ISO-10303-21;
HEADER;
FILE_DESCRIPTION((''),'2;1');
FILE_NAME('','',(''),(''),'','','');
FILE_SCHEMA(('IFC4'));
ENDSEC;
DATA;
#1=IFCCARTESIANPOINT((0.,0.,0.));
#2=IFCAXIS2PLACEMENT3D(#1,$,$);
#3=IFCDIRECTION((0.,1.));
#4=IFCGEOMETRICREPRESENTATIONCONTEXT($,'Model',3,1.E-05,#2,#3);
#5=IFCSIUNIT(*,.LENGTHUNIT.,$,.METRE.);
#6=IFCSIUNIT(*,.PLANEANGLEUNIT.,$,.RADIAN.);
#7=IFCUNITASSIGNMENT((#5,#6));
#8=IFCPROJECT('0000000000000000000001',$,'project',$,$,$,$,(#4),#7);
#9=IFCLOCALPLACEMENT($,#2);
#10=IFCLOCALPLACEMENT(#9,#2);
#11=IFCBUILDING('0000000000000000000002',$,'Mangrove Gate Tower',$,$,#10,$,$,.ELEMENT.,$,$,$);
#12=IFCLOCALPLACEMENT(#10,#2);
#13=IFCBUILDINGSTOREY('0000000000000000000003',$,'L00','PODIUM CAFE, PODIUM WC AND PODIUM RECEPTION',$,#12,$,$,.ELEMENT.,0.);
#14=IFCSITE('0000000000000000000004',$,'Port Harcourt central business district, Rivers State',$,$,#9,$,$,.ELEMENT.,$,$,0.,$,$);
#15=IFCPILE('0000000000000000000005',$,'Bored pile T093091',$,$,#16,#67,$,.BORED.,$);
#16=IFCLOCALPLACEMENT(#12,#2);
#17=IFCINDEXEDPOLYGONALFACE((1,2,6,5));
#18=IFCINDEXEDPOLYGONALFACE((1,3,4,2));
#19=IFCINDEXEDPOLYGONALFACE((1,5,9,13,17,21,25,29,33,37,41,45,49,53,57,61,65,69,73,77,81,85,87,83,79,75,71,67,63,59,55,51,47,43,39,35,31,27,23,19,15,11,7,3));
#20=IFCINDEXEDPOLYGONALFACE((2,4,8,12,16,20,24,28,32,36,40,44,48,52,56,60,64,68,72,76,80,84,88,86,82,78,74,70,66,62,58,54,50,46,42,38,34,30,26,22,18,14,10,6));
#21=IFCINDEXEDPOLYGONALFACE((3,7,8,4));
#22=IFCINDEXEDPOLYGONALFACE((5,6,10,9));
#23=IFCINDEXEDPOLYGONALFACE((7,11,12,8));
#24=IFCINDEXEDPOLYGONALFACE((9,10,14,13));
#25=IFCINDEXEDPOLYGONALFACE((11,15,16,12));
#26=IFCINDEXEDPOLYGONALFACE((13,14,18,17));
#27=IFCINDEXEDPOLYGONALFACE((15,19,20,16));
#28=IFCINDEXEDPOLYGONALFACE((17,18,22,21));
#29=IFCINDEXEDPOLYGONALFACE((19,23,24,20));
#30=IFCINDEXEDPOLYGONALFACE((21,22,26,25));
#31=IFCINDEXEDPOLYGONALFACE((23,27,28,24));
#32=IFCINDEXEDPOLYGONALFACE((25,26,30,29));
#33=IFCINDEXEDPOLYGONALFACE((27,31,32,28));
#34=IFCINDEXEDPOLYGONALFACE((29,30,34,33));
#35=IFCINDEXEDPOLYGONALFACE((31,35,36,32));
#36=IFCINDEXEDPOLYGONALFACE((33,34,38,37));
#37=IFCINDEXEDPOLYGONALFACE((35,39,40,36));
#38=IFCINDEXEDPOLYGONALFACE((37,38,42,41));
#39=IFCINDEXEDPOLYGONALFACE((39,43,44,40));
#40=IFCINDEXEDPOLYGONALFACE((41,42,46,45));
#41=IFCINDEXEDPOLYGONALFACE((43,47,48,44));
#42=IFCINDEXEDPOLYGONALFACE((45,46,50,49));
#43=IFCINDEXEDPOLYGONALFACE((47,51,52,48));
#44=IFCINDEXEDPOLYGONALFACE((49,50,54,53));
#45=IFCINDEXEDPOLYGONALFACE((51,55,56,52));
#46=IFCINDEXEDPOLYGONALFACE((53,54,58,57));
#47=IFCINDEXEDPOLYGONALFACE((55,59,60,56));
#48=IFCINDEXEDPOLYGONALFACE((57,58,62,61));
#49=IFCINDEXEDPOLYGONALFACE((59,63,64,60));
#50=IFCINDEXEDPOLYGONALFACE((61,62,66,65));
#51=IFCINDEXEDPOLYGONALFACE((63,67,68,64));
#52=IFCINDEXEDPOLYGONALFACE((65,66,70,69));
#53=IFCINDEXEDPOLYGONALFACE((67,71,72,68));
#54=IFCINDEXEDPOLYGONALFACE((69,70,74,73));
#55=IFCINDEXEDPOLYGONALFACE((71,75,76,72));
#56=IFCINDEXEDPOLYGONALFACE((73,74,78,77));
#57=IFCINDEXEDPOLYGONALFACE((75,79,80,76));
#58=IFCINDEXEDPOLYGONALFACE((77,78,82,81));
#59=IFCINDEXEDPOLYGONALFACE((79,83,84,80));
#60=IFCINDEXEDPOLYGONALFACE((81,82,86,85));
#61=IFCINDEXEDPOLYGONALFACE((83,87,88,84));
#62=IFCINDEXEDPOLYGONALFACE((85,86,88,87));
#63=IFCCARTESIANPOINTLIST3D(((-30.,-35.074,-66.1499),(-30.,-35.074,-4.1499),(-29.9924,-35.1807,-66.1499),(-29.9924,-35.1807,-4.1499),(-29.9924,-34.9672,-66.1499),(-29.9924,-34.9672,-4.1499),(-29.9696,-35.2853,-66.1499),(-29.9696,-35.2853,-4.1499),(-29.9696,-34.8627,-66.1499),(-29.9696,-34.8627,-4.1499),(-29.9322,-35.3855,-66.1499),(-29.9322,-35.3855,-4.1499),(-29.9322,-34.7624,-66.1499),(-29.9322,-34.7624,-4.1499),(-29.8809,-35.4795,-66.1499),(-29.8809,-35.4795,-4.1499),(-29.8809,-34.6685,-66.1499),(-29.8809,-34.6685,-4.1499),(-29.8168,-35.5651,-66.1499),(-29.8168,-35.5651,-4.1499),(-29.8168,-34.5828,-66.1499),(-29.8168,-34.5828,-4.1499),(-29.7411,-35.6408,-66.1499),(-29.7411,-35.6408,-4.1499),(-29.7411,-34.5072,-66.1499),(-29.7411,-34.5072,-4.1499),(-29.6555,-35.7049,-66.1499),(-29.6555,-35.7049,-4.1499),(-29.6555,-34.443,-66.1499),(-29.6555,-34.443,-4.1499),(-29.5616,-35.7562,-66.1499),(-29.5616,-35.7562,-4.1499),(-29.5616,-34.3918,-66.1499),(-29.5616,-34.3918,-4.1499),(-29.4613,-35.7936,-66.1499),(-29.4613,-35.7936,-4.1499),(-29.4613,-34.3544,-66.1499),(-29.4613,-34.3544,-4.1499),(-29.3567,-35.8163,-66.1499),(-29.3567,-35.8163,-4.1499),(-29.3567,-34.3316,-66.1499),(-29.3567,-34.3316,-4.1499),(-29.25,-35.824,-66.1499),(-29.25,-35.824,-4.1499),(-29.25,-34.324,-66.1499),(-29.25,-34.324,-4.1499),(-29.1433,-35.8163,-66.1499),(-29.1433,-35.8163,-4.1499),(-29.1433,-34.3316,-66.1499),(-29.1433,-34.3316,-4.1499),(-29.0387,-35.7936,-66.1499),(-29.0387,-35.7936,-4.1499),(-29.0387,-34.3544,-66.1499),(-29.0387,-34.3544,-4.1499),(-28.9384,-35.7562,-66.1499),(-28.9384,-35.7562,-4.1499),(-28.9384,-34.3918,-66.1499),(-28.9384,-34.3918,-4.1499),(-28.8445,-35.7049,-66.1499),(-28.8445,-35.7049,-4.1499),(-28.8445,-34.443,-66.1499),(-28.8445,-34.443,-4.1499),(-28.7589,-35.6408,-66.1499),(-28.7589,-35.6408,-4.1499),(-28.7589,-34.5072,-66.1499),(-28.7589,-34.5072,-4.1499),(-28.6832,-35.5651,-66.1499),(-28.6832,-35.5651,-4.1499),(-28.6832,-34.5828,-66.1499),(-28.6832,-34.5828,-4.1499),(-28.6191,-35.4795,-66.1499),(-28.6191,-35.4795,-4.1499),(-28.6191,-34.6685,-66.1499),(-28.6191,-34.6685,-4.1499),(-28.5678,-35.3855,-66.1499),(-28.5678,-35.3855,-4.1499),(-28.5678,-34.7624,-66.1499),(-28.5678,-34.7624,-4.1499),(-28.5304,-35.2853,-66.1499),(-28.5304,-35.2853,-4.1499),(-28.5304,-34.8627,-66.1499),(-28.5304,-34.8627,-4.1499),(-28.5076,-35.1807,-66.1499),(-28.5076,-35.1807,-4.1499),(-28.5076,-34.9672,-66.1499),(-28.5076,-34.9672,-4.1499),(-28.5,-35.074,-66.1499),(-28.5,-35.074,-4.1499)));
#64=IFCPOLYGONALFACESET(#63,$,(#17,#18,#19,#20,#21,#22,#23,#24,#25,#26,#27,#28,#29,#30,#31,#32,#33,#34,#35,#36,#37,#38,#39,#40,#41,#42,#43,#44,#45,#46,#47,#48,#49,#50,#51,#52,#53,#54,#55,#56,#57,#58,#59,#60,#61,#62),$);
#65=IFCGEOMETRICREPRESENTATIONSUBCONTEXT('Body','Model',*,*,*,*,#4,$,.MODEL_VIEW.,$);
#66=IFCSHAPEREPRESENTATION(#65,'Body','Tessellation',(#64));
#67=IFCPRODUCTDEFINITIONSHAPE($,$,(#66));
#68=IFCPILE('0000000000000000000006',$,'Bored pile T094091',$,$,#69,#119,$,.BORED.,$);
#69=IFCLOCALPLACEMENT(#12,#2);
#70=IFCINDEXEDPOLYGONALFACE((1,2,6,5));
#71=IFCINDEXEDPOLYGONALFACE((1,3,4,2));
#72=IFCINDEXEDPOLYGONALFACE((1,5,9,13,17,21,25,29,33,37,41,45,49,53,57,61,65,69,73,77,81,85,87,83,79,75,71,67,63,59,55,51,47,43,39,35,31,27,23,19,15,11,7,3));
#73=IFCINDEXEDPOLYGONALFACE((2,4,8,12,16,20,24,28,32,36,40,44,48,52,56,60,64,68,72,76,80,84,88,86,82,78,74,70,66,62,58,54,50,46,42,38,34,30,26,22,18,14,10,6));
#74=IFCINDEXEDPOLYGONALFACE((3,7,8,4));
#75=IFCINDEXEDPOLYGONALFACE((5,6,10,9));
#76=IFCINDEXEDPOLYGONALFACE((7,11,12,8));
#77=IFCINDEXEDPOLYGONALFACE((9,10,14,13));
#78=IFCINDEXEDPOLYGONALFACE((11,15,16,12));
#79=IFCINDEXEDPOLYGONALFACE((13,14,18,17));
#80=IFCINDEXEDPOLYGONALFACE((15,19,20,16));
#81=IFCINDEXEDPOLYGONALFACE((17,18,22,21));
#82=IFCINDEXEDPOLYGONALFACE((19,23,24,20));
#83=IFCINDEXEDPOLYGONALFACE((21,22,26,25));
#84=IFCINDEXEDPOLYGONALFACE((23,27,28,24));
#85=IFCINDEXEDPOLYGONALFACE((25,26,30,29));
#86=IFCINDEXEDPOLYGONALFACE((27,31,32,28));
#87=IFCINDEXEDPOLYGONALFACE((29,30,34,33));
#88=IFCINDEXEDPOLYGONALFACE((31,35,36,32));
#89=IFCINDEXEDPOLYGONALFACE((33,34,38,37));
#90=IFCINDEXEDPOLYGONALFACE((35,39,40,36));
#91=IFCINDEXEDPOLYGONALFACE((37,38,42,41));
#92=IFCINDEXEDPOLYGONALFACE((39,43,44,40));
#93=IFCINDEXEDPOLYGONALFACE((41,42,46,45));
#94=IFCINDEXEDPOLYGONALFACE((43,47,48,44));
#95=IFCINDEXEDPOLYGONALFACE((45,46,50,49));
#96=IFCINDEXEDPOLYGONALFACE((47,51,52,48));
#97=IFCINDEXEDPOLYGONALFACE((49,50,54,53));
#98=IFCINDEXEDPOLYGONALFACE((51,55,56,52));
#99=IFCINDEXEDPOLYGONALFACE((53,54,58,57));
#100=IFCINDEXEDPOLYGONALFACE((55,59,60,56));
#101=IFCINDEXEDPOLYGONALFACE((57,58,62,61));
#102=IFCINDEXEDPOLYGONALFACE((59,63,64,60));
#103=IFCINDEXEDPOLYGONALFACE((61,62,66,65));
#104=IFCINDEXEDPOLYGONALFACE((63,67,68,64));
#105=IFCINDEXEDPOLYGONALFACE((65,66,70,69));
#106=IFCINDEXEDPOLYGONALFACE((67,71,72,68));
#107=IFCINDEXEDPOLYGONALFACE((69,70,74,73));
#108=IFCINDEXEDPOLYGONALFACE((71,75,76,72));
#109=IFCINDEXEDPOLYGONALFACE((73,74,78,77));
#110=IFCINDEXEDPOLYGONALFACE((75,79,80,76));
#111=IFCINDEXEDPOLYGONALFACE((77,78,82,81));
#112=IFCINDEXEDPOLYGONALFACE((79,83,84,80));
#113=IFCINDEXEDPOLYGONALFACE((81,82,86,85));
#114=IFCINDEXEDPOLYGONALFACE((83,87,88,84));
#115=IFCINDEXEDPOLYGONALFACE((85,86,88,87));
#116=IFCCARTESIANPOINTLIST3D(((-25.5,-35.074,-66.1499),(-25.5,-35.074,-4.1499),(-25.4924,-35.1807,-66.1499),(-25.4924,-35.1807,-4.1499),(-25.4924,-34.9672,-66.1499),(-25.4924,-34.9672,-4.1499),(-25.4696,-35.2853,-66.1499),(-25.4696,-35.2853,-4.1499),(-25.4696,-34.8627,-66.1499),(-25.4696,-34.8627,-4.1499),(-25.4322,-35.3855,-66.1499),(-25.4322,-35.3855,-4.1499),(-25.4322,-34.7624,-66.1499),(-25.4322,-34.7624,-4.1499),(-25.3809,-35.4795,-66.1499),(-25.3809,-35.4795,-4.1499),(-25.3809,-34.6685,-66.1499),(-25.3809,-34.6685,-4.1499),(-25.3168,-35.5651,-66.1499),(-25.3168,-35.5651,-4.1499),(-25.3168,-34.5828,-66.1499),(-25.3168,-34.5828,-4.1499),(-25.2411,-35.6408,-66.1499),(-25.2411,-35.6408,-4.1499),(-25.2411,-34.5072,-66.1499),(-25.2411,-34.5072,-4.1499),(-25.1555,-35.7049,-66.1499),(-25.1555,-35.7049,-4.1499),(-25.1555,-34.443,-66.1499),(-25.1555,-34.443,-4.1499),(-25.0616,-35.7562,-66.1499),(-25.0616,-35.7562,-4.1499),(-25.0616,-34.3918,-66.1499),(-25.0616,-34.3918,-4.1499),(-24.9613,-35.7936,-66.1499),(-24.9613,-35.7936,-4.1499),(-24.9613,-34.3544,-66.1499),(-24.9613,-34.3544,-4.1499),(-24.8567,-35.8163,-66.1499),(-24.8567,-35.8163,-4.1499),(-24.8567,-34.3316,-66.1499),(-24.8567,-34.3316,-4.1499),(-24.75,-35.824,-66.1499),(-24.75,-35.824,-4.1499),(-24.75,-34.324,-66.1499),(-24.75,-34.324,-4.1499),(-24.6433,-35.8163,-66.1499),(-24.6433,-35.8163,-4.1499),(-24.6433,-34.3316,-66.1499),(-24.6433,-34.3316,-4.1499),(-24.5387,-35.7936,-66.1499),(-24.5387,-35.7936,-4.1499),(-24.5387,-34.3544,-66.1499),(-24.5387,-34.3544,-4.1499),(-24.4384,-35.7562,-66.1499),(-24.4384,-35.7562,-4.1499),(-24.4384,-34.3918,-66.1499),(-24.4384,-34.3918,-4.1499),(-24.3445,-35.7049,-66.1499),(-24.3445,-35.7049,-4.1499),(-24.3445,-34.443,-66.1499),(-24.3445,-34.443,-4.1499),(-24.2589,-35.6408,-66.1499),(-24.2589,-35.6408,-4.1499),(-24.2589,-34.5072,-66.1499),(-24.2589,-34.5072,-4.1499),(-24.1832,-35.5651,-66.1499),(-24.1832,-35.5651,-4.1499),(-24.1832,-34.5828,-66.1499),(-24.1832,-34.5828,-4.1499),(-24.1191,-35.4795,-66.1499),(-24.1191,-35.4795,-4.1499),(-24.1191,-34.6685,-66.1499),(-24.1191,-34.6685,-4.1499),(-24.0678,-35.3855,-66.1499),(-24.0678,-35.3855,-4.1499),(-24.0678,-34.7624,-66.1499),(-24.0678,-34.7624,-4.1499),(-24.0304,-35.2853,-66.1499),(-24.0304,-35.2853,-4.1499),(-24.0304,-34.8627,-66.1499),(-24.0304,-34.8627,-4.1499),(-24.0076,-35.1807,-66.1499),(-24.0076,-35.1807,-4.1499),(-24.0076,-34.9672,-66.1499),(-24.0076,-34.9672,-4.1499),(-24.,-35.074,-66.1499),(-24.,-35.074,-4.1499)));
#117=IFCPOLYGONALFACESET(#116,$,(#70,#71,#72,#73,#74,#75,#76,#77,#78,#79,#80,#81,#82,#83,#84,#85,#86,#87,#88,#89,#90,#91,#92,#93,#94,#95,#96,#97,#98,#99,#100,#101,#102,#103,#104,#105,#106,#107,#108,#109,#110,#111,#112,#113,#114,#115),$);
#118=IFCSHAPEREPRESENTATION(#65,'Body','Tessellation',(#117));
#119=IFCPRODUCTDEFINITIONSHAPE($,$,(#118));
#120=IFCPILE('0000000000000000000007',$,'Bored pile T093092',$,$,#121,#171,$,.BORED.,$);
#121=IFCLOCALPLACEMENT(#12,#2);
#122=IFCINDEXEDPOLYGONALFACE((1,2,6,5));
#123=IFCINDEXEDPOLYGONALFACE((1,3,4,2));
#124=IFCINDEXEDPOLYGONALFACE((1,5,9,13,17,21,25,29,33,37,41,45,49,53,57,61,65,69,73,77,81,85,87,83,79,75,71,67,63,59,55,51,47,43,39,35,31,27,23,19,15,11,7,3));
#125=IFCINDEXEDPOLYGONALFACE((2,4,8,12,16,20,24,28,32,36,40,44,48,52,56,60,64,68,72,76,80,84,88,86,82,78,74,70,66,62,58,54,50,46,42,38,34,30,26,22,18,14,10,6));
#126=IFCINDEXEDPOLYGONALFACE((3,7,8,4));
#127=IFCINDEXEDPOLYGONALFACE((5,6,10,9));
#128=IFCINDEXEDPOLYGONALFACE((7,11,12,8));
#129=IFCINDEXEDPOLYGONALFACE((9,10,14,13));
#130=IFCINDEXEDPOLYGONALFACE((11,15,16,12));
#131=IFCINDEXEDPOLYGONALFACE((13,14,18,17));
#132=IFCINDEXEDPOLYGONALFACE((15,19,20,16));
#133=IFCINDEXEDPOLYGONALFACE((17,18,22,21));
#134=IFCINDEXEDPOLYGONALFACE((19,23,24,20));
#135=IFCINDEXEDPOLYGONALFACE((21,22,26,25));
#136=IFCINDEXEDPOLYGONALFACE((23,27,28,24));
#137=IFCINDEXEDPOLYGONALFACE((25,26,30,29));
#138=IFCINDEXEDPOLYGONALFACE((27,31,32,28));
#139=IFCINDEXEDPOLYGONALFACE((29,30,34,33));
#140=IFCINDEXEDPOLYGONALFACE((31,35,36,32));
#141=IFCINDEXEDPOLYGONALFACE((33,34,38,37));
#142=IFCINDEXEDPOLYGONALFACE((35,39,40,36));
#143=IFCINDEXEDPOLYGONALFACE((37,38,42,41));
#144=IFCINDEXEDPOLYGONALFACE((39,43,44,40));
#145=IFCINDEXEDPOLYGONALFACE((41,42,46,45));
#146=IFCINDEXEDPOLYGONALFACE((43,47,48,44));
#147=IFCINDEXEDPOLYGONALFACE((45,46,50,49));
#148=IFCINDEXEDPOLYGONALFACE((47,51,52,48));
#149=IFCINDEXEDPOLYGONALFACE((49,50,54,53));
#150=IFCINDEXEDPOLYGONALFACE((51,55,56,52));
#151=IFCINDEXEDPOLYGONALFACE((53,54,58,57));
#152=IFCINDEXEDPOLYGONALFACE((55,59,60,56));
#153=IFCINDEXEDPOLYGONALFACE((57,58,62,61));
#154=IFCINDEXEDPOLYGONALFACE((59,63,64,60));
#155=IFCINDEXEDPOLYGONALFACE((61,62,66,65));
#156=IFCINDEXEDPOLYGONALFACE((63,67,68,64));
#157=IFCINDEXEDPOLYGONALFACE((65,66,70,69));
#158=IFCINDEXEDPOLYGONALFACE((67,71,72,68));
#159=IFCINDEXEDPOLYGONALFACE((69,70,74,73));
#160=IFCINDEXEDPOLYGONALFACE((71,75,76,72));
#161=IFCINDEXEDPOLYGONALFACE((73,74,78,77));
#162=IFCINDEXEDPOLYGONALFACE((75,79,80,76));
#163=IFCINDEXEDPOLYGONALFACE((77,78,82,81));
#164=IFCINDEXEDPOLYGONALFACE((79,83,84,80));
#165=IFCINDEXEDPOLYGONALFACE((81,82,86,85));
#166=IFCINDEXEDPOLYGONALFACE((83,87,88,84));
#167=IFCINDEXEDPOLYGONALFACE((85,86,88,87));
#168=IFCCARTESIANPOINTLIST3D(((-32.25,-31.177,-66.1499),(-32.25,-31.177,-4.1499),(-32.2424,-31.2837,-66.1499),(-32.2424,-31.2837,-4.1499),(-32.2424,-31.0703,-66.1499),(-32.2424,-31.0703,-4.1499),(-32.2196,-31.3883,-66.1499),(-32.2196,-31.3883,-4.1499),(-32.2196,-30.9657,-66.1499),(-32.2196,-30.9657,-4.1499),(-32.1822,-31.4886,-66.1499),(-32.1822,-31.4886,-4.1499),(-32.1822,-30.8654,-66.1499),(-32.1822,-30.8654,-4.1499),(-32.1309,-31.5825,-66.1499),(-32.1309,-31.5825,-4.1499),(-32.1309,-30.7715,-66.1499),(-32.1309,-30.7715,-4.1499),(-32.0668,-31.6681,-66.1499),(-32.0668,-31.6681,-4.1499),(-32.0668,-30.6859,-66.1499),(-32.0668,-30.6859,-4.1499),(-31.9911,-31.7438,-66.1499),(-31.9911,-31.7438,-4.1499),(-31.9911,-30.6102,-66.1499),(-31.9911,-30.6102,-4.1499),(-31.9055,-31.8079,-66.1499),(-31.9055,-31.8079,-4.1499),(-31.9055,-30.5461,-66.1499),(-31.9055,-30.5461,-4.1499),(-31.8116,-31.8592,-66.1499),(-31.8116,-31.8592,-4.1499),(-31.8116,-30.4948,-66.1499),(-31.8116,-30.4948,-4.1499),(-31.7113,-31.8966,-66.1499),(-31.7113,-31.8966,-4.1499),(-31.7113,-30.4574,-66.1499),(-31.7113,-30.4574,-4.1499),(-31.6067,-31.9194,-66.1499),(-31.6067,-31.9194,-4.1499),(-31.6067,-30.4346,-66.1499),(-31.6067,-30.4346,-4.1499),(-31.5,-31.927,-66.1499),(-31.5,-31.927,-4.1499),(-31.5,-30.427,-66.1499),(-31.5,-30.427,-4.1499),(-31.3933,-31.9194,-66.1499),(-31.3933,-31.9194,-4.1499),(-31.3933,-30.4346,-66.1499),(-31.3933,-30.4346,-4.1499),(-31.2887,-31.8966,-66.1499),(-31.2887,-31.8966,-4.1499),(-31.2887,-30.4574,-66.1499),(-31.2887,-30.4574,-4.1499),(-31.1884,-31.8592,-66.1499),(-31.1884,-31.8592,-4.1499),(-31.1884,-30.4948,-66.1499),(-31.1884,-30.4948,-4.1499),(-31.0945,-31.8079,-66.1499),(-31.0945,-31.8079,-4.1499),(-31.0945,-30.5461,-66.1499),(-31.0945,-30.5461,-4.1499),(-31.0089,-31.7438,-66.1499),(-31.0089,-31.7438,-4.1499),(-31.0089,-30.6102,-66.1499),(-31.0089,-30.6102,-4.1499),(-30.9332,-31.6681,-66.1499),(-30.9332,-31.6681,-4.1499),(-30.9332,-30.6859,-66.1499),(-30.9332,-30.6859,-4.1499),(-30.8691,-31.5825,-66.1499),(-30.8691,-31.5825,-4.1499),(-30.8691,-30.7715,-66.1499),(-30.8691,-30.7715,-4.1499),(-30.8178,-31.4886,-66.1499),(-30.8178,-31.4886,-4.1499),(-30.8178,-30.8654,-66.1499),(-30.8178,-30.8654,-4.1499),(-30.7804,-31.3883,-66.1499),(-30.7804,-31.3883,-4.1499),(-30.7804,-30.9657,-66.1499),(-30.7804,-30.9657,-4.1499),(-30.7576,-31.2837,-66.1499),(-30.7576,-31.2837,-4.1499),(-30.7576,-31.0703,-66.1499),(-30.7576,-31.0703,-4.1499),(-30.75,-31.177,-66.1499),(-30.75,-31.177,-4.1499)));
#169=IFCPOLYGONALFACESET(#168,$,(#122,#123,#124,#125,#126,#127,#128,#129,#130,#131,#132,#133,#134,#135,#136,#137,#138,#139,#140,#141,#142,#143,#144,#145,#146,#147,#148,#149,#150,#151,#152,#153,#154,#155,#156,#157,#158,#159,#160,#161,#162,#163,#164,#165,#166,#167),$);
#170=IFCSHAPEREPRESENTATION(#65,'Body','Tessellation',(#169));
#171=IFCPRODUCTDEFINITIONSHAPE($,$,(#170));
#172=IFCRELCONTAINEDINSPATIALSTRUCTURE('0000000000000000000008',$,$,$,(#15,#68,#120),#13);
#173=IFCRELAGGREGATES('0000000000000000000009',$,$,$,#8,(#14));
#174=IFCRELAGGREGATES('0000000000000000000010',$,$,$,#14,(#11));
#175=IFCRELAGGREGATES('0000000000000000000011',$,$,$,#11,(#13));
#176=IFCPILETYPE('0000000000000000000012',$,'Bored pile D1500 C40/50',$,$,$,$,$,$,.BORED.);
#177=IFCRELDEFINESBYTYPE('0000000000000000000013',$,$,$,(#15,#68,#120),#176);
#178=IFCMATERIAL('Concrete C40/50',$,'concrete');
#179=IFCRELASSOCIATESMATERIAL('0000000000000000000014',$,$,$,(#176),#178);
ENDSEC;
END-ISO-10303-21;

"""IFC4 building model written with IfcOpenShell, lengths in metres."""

from ifc_helpers import new_model, si_unit, direction, frame, origin, origin_2d, place, context, subcontext, project, spatial, circle, extrude, material, material_profile, profile_set, type_object, element, save


model = new_model("IFC4")

# Units and contexts
model_context = context("Model", 3, precision=1e-05, world=origin(), true_north=direction((0.0, 1.0)))
body_context = subcontext(model_context, "Body", "Model", "MODEL_VIEW")
ifc_project = project(units=[si_unit("LENGTHUNIT", "METRE"), si_unit("PLANEANGLEUNIT", "RADIAN")], contexts=[model_context])

# Site, building, storey
site_placement = place(None, origin())
site = spatial("IfcSite", under=ifc_project, at=site_placement, Name="Port Harcourt central business district, Rivers State", CompositionType="ELEMENT", RefElevation=0.0)
building_placement = place(site_placement, origin())
building = spatial("IfcBuilding", under=site, at=building_placement, Name="Mangrove Gate Tower", CompositionType="ELEMENT")
storey_placement = place(building_placement, origin())
storey = spatial("IfcBuildingStorey", under=building, at=storey_placement, Name="L00", Description="PODIUM CAFE, PODIUM WC AND PODIUM RECEPTION", CompositionType="ELEMENT", Elevation=0.0)

# Piles
ifc_material_1 = material(Name="Concrete C40/50", Category="concrete")
ifc_material_profile_1 = material_profile(ifc_material_1, circle(Radius=0.75, at=origin_2d()))
ifc_profile_set_1 = profile_set([ifc_material_profile_1], Name="Concrete C40/50")
pile_type = type_object("IfcPileType", Name="Bored pile D1500 C40/50", PredefinedType="BORED", material=ifc_profile_set_1)
for number, where, z_axis, x_axis, name in (
    (1, (-29.25, -35.074, -4.1499), (0.0, 0.0, -1.0), (1.0, 0.0, 0.0), "Bored pile T093091"),
    (2, (-24.75, -35.074, -4.1499), (0.0, 0.0, -1.0), (1.0, 0.0, 0.0), "Bored pile T094091"),
    (3, (-31.5, -31.177, -4.1499), (0.0, 0.0, -1.0), (1.0, 0.0, 0.0), "Bored pile T093092"),
):
    element("IfcPile", number, at=place(storey_placement, frame(where, z_axis=z_axis, x_axis=x_axis)), inside=storey, type_object=pile_type, Name=name, PredefinedType="BORED", context=body_context, shape_type="SweptSolid", body=[
        extrude(circle(Radius=0.75, at=origin_2d()), origin(), (0.0, 0.0, 1.0), 62.0),
    ])

save(model, "model.ifc")
